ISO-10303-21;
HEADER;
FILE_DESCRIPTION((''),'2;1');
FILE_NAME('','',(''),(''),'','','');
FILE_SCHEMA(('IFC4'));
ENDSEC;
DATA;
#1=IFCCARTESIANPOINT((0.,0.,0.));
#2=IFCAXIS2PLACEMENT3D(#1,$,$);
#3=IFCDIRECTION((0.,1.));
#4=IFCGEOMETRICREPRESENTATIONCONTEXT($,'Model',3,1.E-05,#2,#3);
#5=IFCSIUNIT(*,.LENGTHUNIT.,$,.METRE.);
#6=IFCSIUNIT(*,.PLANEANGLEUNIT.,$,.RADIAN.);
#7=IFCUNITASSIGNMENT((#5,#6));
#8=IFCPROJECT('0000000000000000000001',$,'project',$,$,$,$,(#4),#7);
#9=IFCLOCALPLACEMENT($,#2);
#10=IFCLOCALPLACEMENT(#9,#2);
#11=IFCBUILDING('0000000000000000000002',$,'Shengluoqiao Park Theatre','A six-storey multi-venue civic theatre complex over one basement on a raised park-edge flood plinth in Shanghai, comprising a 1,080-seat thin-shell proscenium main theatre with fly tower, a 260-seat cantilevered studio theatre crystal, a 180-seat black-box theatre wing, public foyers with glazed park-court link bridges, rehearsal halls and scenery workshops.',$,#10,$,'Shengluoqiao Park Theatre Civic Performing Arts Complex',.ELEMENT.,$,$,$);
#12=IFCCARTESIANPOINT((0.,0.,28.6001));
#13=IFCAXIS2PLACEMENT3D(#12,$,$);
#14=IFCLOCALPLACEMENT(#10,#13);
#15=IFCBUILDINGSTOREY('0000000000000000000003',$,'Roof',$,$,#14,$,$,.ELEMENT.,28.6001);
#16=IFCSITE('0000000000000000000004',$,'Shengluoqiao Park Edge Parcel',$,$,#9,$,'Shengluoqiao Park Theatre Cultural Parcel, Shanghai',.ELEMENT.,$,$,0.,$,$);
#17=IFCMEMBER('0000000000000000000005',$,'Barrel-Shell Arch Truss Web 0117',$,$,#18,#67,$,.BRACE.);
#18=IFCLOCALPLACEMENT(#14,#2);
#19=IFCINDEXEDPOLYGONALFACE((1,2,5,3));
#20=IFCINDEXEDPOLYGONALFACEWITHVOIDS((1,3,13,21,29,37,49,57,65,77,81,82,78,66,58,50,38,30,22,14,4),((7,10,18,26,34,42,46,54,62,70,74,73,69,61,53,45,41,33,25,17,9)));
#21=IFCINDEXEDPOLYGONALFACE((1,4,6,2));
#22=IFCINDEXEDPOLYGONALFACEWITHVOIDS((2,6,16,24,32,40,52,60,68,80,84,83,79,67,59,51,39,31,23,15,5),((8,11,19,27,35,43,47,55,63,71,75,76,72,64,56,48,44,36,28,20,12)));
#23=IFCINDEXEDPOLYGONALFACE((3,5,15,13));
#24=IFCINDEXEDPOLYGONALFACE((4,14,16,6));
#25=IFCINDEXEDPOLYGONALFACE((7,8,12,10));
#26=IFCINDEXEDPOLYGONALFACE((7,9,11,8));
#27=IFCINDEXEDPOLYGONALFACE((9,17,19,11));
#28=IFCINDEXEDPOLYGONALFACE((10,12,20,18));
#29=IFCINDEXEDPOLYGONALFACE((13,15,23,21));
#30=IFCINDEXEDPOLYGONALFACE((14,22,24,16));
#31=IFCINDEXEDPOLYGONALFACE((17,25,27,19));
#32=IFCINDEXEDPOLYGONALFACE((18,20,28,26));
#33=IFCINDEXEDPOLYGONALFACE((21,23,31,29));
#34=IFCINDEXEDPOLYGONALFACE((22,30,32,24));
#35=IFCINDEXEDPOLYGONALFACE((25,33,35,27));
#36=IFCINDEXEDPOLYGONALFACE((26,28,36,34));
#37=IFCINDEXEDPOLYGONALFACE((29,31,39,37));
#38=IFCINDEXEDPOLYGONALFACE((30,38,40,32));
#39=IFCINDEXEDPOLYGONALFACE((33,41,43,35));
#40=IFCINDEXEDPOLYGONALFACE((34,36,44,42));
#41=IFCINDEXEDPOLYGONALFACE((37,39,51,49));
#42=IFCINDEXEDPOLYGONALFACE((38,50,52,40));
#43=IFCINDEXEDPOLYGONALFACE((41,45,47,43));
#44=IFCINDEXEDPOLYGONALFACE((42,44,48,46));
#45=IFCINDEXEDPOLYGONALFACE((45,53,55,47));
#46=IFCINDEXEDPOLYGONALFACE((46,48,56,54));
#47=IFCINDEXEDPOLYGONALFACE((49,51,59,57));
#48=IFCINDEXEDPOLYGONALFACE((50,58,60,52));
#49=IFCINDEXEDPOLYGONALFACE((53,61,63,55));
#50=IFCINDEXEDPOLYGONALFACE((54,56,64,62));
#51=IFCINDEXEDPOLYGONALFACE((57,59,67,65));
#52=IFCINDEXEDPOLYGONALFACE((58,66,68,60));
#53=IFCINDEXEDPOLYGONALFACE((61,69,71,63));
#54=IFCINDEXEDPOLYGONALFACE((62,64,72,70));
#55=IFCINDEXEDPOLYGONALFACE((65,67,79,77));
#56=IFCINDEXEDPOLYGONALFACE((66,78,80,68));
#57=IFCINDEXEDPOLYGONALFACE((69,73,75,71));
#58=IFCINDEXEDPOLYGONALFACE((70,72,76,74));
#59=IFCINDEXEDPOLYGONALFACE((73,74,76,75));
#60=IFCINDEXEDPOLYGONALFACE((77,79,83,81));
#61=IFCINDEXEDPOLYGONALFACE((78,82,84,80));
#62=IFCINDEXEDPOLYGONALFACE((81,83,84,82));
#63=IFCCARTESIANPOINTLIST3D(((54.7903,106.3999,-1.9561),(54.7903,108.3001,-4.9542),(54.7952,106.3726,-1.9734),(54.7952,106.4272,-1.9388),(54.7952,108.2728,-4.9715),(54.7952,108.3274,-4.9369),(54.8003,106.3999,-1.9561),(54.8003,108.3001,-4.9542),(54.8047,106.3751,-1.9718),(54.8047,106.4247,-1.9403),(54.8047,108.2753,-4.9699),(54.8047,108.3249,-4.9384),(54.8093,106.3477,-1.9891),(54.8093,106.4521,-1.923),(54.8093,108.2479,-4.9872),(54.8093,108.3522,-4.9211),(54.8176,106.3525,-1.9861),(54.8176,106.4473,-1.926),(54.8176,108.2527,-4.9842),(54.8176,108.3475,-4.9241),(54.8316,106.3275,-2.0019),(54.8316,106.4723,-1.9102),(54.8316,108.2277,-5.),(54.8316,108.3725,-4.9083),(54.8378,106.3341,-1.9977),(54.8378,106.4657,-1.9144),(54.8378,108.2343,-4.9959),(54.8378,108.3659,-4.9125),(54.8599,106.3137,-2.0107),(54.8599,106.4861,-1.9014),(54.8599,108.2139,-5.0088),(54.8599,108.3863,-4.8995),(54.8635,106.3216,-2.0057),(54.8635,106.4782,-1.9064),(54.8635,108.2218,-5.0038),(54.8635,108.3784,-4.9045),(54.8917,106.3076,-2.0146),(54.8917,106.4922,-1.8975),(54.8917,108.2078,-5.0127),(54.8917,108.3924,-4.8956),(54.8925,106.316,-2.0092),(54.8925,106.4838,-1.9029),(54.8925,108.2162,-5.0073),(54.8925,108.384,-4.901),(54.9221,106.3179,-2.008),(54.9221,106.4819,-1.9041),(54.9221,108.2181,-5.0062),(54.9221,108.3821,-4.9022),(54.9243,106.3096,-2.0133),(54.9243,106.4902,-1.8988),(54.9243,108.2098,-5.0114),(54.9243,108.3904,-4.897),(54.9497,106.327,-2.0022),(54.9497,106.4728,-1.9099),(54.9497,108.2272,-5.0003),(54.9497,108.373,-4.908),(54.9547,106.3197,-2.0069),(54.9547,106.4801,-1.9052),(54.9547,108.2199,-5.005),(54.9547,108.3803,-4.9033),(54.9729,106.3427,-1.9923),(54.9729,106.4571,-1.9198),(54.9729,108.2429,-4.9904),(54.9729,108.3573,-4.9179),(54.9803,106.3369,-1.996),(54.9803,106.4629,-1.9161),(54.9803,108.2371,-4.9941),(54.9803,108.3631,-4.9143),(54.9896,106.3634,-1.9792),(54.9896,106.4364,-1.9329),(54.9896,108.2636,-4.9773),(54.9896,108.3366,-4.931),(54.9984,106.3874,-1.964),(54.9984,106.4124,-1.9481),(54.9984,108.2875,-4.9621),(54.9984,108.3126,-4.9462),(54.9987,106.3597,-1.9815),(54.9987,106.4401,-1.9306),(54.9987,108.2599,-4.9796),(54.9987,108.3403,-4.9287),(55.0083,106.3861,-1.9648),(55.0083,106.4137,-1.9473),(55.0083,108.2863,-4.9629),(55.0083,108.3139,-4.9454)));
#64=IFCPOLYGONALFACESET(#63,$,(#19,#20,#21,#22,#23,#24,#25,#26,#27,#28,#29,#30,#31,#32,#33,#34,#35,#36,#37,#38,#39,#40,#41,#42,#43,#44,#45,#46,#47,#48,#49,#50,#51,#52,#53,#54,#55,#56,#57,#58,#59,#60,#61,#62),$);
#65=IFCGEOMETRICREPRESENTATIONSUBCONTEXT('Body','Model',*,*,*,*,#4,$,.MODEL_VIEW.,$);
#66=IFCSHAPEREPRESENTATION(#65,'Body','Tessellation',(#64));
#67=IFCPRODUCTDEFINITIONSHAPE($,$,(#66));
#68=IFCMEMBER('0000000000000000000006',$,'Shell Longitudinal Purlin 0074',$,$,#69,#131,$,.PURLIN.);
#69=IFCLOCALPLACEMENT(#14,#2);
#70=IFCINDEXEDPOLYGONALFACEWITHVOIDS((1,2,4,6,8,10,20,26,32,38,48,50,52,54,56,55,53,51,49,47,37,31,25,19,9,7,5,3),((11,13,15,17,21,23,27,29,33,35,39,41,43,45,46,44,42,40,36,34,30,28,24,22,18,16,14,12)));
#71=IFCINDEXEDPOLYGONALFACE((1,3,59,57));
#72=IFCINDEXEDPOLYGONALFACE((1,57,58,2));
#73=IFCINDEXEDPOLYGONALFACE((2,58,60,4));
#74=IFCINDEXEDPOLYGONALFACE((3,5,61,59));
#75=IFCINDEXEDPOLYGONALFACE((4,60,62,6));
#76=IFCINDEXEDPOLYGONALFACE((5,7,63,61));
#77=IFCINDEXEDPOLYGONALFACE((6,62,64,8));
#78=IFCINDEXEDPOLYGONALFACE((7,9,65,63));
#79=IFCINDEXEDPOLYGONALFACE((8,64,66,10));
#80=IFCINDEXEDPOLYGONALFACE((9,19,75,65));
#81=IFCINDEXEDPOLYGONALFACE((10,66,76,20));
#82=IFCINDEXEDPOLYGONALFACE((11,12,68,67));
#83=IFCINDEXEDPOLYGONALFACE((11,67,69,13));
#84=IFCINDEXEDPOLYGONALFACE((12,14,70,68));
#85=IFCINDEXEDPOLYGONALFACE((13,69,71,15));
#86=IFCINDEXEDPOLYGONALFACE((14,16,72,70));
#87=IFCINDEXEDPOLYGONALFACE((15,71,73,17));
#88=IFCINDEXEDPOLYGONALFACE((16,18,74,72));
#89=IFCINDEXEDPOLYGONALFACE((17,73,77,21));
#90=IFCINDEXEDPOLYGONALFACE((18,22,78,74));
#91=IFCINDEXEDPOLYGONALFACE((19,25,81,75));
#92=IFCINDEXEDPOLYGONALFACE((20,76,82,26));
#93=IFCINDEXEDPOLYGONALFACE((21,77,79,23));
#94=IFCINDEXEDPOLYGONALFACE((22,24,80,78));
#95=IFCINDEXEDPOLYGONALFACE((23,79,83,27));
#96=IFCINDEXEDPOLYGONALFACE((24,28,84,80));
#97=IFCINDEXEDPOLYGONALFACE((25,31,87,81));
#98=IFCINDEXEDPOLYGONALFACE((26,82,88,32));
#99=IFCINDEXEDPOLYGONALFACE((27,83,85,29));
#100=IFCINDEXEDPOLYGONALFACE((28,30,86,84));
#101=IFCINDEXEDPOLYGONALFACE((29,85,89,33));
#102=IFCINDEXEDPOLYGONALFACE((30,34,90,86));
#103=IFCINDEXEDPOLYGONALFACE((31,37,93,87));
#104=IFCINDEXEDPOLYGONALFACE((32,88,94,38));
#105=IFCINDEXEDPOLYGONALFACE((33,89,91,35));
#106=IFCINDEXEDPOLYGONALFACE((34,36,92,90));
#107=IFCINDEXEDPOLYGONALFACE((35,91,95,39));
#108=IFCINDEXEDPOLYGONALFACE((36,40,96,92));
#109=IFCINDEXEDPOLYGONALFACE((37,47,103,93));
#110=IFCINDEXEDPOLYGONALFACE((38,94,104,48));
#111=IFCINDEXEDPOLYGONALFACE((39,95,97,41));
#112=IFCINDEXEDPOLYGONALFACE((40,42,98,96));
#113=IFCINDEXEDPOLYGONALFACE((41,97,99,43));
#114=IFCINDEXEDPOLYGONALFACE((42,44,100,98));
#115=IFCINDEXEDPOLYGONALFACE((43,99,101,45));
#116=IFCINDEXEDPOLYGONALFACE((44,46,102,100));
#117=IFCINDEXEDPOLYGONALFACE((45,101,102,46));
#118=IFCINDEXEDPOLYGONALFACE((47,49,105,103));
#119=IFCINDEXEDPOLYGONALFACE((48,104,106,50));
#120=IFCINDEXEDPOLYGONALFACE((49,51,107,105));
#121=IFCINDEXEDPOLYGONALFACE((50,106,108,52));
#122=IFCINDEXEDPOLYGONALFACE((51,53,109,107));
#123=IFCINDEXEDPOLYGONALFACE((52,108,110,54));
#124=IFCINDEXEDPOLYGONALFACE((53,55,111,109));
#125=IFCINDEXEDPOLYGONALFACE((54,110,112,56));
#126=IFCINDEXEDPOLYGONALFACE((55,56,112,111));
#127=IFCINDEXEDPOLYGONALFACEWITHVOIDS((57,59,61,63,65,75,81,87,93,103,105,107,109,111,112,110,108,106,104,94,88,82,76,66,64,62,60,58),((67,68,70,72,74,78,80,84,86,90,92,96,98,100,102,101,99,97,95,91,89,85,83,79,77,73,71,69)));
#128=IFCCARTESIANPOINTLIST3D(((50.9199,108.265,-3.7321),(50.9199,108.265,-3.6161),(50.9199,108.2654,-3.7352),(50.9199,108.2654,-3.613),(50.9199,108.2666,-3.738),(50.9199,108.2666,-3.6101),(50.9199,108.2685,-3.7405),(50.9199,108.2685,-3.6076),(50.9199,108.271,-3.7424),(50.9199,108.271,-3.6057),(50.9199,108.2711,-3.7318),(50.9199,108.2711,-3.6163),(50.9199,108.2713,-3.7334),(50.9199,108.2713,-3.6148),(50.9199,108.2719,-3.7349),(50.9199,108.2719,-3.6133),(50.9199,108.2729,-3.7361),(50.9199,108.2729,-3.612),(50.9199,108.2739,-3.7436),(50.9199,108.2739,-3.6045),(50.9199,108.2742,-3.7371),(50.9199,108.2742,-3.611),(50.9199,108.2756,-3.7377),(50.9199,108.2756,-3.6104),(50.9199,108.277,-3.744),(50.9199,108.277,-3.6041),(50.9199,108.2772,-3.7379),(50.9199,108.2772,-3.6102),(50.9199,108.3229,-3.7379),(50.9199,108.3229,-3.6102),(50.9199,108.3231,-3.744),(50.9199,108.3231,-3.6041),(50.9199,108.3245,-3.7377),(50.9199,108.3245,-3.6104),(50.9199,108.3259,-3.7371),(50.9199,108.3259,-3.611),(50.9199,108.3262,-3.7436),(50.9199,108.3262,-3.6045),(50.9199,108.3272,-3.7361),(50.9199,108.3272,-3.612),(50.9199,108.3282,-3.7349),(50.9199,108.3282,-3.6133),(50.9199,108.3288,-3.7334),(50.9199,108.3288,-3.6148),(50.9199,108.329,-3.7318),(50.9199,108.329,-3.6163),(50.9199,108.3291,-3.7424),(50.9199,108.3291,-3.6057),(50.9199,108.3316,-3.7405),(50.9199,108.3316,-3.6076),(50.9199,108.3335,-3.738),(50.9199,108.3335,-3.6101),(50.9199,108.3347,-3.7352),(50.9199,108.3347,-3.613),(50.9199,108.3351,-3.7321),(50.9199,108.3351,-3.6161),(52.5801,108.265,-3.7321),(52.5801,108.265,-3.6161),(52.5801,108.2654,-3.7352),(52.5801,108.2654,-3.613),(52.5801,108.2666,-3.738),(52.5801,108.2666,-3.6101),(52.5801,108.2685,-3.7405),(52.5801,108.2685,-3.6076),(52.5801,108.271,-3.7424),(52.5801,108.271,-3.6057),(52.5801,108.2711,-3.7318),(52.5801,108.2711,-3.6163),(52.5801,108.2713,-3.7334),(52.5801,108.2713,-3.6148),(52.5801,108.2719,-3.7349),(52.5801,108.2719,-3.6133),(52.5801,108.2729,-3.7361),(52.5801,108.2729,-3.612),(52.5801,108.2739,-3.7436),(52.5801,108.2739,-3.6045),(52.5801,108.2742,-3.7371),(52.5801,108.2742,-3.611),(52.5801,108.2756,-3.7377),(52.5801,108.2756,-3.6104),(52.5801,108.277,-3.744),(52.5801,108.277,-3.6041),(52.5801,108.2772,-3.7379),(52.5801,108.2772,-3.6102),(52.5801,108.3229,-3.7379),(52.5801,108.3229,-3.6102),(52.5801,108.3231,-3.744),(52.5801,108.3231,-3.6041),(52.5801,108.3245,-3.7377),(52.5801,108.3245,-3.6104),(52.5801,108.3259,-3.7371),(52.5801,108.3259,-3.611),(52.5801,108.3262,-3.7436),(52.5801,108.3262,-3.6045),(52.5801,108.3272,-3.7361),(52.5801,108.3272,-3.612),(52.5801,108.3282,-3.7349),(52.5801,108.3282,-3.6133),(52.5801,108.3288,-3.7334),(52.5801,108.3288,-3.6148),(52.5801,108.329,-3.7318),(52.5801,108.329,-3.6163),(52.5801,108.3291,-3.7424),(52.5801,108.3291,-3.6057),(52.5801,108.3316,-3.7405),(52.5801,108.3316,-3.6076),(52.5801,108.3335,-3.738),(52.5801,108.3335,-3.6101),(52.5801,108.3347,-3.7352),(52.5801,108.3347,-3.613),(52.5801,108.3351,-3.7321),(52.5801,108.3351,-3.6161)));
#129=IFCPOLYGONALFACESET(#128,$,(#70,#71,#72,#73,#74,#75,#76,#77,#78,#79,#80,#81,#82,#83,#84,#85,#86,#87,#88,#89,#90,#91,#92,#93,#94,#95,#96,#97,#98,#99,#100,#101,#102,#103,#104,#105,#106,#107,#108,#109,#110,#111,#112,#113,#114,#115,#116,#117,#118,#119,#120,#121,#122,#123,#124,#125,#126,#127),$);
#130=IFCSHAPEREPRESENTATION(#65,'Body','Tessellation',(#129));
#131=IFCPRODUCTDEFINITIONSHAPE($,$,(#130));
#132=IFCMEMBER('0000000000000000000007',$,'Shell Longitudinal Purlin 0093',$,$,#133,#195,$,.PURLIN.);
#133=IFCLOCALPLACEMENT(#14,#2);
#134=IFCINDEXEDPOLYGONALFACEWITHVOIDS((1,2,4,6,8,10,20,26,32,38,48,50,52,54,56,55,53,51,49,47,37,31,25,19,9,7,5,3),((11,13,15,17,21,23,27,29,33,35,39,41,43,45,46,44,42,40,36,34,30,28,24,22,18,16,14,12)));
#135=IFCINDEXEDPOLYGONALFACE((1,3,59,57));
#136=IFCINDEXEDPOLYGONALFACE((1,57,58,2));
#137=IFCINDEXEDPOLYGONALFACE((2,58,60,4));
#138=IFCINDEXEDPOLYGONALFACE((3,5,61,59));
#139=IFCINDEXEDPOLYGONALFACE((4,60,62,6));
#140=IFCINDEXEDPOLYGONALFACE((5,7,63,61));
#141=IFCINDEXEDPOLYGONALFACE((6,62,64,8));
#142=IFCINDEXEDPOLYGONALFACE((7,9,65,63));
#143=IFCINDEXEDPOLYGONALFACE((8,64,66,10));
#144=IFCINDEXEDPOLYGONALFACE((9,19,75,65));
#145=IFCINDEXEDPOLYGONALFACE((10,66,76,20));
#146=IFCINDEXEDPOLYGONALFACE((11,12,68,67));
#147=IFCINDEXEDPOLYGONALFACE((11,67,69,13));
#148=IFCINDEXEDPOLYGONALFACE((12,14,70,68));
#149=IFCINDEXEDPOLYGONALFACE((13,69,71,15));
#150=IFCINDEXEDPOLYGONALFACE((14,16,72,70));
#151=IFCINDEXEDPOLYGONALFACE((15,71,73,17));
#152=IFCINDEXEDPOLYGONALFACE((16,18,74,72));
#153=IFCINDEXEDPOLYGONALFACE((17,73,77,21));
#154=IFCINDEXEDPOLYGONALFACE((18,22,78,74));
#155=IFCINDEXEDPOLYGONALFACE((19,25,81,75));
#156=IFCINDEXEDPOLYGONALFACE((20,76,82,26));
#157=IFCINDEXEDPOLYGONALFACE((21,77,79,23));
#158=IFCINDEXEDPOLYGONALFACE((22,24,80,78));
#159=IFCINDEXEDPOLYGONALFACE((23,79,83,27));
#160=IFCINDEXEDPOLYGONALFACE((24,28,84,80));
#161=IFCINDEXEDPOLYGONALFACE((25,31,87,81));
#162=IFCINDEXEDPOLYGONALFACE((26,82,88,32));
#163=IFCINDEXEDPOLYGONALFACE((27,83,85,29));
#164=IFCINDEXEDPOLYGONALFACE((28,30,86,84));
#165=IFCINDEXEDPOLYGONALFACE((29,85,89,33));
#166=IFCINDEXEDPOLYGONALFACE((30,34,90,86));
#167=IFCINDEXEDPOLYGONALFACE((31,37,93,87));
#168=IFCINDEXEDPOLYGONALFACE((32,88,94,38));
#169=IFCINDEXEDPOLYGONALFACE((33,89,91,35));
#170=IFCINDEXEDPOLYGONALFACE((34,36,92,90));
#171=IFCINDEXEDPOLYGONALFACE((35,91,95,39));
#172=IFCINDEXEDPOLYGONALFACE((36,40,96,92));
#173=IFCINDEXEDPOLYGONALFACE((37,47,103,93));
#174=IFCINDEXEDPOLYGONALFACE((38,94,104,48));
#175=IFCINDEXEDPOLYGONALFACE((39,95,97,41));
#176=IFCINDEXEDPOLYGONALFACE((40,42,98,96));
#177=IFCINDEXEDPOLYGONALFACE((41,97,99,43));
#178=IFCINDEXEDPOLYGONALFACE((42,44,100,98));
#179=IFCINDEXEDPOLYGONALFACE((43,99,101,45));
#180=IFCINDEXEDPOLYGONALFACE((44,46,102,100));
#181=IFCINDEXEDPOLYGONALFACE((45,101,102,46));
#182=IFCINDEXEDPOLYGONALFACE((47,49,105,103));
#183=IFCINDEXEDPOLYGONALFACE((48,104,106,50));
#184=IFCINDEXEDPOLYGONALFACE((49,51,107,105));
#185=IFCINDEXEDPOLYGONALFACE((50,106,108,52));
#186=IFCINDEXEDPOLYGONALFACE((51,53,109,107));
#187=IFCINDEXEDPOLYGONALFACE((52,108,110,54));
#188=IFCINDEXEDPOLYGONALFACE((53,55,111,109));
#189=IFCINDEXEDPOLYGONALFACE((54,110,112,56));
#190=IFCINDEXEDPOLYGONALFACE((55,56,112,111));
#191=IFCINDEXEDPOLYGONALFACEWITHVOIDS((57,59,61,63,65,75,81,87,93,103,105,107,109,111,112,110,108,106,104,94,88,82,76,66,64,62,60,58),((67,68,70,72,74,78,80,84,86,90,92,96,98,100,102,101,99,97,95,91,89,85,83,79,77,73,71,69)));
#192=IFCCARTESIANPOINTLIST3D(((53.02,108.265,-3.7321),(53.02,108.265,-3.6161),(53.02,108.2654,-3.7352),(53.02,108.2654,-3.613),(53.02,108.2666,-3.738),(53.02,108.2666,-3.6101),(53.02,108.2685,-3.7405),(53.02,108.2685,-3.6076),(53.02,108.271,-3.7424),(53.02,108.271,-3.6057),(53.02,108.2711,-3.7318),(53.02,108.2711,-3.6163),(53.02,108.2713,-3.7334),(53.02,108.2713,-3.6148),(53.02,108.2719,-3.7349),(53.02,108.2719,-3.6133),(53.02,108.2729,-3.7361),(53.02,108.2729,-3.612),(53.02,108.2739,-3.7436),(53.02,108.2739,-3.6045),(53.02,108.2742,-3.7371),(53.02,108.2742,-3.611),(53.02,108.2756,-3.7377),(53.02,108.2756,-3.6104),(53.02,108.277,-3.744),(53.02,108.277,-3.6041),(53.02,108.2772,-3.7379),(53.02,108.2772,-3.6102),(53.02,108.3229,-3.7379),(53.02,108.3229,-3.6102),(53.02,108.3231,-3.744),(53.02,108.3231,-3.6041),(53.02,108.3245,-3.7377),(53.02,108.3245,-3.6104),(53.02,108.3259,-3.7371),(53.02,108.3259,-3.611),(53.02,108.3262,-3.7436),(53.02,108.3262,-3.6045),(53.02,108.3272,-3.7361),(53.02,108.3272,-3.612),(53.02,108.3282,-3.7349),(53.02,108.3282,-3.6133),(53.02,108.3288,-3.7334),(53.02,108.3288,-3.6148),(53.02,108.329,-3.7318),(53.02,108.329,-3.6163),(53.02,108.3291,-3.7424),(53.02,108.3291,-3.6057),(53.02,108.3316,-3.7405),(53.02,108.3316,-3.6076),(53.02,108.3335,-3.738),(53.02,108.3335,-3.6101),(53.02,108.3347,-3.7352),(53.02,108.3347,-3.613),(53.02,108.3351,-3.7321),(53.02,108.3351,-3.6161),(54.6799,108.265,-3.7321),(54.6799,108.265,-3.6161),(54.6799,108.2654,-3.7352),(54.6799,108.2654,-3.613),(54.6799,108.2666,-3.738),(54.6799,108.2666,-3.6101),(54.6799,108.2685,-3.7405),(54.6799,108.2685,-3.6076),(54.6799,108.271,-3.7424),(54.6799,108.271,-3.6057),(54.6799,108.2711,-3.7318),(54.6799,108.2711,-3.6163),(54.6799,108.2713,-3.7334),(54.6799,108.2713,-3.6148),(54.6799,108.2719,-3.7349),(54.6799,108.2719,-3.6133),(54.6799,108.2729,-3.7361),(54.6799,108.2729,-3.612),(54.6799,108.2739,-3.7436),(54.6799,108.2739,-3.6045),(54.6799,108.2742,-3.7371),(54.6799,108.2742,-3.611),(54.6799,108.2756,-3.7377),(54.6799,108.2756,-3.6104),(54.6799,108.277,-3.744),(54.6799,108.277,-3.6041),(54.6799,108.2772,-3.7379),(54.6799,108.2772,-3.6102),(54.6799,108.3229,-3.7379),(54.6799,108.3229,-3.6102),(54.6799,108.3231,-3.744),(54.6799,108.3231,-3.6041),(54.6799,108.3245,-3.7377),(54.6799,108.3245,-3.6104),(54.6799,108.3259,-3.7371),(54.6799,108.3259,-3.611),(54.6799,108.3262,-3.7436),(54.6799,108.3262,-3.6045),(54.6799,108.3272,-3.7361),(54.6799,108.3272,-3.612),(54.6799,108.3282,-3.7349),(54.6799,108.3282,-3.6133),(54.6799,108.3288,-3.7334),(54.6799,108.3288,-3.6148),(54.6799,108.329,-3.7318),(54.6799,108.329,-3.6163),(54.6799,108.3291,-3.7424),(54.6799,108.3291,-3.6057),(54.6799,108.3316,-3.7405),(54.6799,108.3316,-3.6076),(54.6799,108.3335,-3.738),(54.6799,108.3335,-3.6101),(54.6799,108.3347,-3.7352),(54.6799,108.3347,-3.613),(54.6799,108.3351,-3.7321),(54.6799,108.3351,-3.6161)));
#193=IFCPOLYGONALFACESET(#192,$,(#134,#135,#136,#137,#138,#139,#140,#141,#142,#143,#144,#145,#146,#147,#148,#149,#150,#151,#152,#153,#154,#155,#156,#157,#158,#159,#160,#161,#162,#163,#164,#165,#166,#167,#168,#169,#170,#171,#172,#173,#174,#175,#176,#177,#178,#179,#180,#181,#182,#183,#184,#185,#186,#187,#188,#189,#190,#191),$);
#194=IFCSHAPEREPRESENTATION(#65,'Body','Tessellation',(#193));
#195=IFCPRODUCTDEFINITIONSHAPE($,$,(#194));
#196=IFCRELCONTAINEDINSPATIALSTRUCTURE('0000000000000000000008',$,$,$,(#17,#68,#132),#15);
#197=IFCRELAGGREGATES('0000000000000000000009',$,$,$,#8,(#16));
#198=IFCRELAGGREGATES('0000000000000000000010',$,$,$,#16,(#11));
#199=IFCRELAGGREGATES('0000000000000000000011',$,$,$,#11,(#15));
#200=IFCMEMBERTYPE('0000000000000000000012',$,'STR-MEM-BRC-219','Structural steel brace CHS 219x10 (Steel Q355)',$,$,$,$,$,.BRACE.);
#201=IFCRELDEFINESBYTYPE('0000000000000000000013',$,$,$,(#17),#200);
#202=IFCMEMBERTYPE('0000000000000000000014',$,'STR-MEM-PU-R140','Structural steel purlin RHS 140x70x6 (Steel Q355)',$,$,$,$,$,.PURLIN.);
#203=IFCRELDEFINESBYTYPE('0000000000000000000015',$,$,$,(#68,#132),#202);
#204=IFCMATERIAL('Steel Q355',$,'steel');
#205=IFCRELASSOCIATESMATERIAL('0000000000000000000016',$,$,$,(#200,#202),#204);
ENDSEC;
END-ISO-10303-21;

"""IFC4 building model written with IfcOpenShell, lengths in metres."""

from ifc_helpers import new_model, si_unit, direction, frame, origin, origin_2d, place, context, subcontext, project, spatial, hollow_rectangle, hollow_circle, extrude, material, material_profile, profile_set, type_object, element, save


model = new_model("IFC4")

# Units and contexts
model_context = context("Model", 3, precision=1e-05, world=origin(), true_north=direction((0.0, 1.0)))
body_context = subcontext(model_context, "Body", "Model", "MODEL_VIEW")
ifc_project = project(units=[si_unit("LENGTHUNIT", "METRE"), si_unit("PLANEANGLEUNIT", "RADIAN")], contexts=[model_context])

# Site, building, storey
site_placement = place(None, origin())
site = spatial("IfcSite", under=ifc_project, at=site_placement, Name="Shengluoqiao Park Edge Parcel", LongName="Shengluoqiao Park Theatre Cultural Parcel, Shanghai", CompositionType="ELEMENT", RefElevation=0.0)
building_placement = place(site_placement, origin())
building = spatial("IfcBuilding", under=site, at=building_placement, Name="Shengluoqiao Park Theatre", Description="A six-storey multi-venue civic theatre complex over one basement on a raised park-edge flood plinth in Shanghai, comprising a 1,080-seat thin-shell proscenium main theatre with fly tower, a 260-seat cantilevered studio theatre crystal, a 180-seat black-box theatre wing, public foyers with glazed park-court link bridges, rehearsal halls and scenery workshops.", LongName="Shengluoqiao Park Theatre Civic Performing Arts Complex", CompositionType="ELEMENT")
storey_placement = place(building_placement, frame((0.0, 0.0, 28.6001)))
storey = spatial("IfcBuildingStorey", under=building, at=storey_placement, Name="Roof", CompositionType="ELEMENT", Elevation=28.6001)

# Members
ifc_material_1 = material(Name="Steel Q355", Category="steel")
ifc_material_profile_1 = material_profile(ifc_material_1, hollow_circle(Radius=0.1096, WallThickness=0.01, at=origin_2d()), Name="CHS 219x10")
ifc_profile_set_1 = profile_set([ifc_material_profile_1], Name="Steel Q355")
member_type_1 = type_object("IfcMemberType", Name="STR-MEM-BRC-219", Description="Structural steel brace CHS 219x10 (Steel Q355)", PredefinedType="BRACE", material=ifc_profile_set_1)
for number, where, z_axis, x_axis, name in (
    (1, (54.8999, 106.3999, -1.9561), (0.0, 0.53533, -0.844643), (-1.0, 0.0, 0.0), "Barrel-Shell Arch Truss Web 0117"),
):
    element("IfcMember", number, at=place(storey_placement, frame(where, z_axis=z_axis, x_axis=x_axis)), inside=storey, type_object=member_type_1, Name=name, PredefinedType="BRACE", context=body_context, shape_type="SweptSolid", body=[
        extrude(hollow_circle(Radius=0.1096, WallThickness=0.01, at=origin_2d()), origin(), (0.0, 0.0, 1.0), 3.5496),
    ])
ifc_material_profile_2 = material_profile(ifc_material_1, hollow_rectangle(XDim=0.0701, YDim=0.1399, WallThickness=0.0061, InnerFilletRadius=0.0061, OuterFilletRadius=0.012, at=origin_2d()), Name="RHS 140x70x6")
ifc_profile_set_2 = profile_set([ifc_material_profile_2], Name="Steel Q355")
member_type_2 = type_object("IfcMemberType", Name="STR-MEM-PU-R140", Description="Structural steel purlin RHS 140x70x6 (Steel Q355)", PredefinedType="PURLIN", material=ifc_profile_set_2)
member_1_placement = place(storey_placement, frame((50.9199, 108.3, -3.6741), z_axis=(1.0, 0.0, 0.0), x_axis=(0.0, 1.0, 0.0)))
element("IfcMember", 2, at=member_1_placement, inside=storey, type_object=member_type_2, Name="Shell Longitudinal Purlin 0074", PredefinedType="PURLIN", context=body_context, shape_type="SweptSolid", body=[
    extrude(hollow_rectangle(XDim=0.0701, YDim=0.1399, WallThickness=0.0061, InnerFilletRadius=0.0061, OuterFilletRadius=0.012, at=origin_2d()), origin(), (0.0, 0.0, 1.0), 1.6602),
])
for number, where, z_axis, x_axis, name in (
    (3, (53.02, 108.3, -3.6741), (1.0, 0.0, 0.0), (0.0, 1.0, 0.0), "Shell Longitudinal Purlin 0093"),
):
    element("IfcMember", number, at=place(storey_placement, frame(where, z_axis=z_axis, x_axis=x_axis)), inside=storey, type_object=member_type_2, Name=name, PredefinedType="PURLIN", context=body_context, shape_type="SweptSolid", body=[
        extrude(hollow_rectangle(XDim=0.0701, YDim=0.1399, WallThickness=0.0061, InnerFilletRadius=0.0061, OuterFilletRadius=0.012, at=origin_2d()), origin(), (0.0, 0.0, 1.0), 1.6599),
    ])

save(model, "model.ifc")
